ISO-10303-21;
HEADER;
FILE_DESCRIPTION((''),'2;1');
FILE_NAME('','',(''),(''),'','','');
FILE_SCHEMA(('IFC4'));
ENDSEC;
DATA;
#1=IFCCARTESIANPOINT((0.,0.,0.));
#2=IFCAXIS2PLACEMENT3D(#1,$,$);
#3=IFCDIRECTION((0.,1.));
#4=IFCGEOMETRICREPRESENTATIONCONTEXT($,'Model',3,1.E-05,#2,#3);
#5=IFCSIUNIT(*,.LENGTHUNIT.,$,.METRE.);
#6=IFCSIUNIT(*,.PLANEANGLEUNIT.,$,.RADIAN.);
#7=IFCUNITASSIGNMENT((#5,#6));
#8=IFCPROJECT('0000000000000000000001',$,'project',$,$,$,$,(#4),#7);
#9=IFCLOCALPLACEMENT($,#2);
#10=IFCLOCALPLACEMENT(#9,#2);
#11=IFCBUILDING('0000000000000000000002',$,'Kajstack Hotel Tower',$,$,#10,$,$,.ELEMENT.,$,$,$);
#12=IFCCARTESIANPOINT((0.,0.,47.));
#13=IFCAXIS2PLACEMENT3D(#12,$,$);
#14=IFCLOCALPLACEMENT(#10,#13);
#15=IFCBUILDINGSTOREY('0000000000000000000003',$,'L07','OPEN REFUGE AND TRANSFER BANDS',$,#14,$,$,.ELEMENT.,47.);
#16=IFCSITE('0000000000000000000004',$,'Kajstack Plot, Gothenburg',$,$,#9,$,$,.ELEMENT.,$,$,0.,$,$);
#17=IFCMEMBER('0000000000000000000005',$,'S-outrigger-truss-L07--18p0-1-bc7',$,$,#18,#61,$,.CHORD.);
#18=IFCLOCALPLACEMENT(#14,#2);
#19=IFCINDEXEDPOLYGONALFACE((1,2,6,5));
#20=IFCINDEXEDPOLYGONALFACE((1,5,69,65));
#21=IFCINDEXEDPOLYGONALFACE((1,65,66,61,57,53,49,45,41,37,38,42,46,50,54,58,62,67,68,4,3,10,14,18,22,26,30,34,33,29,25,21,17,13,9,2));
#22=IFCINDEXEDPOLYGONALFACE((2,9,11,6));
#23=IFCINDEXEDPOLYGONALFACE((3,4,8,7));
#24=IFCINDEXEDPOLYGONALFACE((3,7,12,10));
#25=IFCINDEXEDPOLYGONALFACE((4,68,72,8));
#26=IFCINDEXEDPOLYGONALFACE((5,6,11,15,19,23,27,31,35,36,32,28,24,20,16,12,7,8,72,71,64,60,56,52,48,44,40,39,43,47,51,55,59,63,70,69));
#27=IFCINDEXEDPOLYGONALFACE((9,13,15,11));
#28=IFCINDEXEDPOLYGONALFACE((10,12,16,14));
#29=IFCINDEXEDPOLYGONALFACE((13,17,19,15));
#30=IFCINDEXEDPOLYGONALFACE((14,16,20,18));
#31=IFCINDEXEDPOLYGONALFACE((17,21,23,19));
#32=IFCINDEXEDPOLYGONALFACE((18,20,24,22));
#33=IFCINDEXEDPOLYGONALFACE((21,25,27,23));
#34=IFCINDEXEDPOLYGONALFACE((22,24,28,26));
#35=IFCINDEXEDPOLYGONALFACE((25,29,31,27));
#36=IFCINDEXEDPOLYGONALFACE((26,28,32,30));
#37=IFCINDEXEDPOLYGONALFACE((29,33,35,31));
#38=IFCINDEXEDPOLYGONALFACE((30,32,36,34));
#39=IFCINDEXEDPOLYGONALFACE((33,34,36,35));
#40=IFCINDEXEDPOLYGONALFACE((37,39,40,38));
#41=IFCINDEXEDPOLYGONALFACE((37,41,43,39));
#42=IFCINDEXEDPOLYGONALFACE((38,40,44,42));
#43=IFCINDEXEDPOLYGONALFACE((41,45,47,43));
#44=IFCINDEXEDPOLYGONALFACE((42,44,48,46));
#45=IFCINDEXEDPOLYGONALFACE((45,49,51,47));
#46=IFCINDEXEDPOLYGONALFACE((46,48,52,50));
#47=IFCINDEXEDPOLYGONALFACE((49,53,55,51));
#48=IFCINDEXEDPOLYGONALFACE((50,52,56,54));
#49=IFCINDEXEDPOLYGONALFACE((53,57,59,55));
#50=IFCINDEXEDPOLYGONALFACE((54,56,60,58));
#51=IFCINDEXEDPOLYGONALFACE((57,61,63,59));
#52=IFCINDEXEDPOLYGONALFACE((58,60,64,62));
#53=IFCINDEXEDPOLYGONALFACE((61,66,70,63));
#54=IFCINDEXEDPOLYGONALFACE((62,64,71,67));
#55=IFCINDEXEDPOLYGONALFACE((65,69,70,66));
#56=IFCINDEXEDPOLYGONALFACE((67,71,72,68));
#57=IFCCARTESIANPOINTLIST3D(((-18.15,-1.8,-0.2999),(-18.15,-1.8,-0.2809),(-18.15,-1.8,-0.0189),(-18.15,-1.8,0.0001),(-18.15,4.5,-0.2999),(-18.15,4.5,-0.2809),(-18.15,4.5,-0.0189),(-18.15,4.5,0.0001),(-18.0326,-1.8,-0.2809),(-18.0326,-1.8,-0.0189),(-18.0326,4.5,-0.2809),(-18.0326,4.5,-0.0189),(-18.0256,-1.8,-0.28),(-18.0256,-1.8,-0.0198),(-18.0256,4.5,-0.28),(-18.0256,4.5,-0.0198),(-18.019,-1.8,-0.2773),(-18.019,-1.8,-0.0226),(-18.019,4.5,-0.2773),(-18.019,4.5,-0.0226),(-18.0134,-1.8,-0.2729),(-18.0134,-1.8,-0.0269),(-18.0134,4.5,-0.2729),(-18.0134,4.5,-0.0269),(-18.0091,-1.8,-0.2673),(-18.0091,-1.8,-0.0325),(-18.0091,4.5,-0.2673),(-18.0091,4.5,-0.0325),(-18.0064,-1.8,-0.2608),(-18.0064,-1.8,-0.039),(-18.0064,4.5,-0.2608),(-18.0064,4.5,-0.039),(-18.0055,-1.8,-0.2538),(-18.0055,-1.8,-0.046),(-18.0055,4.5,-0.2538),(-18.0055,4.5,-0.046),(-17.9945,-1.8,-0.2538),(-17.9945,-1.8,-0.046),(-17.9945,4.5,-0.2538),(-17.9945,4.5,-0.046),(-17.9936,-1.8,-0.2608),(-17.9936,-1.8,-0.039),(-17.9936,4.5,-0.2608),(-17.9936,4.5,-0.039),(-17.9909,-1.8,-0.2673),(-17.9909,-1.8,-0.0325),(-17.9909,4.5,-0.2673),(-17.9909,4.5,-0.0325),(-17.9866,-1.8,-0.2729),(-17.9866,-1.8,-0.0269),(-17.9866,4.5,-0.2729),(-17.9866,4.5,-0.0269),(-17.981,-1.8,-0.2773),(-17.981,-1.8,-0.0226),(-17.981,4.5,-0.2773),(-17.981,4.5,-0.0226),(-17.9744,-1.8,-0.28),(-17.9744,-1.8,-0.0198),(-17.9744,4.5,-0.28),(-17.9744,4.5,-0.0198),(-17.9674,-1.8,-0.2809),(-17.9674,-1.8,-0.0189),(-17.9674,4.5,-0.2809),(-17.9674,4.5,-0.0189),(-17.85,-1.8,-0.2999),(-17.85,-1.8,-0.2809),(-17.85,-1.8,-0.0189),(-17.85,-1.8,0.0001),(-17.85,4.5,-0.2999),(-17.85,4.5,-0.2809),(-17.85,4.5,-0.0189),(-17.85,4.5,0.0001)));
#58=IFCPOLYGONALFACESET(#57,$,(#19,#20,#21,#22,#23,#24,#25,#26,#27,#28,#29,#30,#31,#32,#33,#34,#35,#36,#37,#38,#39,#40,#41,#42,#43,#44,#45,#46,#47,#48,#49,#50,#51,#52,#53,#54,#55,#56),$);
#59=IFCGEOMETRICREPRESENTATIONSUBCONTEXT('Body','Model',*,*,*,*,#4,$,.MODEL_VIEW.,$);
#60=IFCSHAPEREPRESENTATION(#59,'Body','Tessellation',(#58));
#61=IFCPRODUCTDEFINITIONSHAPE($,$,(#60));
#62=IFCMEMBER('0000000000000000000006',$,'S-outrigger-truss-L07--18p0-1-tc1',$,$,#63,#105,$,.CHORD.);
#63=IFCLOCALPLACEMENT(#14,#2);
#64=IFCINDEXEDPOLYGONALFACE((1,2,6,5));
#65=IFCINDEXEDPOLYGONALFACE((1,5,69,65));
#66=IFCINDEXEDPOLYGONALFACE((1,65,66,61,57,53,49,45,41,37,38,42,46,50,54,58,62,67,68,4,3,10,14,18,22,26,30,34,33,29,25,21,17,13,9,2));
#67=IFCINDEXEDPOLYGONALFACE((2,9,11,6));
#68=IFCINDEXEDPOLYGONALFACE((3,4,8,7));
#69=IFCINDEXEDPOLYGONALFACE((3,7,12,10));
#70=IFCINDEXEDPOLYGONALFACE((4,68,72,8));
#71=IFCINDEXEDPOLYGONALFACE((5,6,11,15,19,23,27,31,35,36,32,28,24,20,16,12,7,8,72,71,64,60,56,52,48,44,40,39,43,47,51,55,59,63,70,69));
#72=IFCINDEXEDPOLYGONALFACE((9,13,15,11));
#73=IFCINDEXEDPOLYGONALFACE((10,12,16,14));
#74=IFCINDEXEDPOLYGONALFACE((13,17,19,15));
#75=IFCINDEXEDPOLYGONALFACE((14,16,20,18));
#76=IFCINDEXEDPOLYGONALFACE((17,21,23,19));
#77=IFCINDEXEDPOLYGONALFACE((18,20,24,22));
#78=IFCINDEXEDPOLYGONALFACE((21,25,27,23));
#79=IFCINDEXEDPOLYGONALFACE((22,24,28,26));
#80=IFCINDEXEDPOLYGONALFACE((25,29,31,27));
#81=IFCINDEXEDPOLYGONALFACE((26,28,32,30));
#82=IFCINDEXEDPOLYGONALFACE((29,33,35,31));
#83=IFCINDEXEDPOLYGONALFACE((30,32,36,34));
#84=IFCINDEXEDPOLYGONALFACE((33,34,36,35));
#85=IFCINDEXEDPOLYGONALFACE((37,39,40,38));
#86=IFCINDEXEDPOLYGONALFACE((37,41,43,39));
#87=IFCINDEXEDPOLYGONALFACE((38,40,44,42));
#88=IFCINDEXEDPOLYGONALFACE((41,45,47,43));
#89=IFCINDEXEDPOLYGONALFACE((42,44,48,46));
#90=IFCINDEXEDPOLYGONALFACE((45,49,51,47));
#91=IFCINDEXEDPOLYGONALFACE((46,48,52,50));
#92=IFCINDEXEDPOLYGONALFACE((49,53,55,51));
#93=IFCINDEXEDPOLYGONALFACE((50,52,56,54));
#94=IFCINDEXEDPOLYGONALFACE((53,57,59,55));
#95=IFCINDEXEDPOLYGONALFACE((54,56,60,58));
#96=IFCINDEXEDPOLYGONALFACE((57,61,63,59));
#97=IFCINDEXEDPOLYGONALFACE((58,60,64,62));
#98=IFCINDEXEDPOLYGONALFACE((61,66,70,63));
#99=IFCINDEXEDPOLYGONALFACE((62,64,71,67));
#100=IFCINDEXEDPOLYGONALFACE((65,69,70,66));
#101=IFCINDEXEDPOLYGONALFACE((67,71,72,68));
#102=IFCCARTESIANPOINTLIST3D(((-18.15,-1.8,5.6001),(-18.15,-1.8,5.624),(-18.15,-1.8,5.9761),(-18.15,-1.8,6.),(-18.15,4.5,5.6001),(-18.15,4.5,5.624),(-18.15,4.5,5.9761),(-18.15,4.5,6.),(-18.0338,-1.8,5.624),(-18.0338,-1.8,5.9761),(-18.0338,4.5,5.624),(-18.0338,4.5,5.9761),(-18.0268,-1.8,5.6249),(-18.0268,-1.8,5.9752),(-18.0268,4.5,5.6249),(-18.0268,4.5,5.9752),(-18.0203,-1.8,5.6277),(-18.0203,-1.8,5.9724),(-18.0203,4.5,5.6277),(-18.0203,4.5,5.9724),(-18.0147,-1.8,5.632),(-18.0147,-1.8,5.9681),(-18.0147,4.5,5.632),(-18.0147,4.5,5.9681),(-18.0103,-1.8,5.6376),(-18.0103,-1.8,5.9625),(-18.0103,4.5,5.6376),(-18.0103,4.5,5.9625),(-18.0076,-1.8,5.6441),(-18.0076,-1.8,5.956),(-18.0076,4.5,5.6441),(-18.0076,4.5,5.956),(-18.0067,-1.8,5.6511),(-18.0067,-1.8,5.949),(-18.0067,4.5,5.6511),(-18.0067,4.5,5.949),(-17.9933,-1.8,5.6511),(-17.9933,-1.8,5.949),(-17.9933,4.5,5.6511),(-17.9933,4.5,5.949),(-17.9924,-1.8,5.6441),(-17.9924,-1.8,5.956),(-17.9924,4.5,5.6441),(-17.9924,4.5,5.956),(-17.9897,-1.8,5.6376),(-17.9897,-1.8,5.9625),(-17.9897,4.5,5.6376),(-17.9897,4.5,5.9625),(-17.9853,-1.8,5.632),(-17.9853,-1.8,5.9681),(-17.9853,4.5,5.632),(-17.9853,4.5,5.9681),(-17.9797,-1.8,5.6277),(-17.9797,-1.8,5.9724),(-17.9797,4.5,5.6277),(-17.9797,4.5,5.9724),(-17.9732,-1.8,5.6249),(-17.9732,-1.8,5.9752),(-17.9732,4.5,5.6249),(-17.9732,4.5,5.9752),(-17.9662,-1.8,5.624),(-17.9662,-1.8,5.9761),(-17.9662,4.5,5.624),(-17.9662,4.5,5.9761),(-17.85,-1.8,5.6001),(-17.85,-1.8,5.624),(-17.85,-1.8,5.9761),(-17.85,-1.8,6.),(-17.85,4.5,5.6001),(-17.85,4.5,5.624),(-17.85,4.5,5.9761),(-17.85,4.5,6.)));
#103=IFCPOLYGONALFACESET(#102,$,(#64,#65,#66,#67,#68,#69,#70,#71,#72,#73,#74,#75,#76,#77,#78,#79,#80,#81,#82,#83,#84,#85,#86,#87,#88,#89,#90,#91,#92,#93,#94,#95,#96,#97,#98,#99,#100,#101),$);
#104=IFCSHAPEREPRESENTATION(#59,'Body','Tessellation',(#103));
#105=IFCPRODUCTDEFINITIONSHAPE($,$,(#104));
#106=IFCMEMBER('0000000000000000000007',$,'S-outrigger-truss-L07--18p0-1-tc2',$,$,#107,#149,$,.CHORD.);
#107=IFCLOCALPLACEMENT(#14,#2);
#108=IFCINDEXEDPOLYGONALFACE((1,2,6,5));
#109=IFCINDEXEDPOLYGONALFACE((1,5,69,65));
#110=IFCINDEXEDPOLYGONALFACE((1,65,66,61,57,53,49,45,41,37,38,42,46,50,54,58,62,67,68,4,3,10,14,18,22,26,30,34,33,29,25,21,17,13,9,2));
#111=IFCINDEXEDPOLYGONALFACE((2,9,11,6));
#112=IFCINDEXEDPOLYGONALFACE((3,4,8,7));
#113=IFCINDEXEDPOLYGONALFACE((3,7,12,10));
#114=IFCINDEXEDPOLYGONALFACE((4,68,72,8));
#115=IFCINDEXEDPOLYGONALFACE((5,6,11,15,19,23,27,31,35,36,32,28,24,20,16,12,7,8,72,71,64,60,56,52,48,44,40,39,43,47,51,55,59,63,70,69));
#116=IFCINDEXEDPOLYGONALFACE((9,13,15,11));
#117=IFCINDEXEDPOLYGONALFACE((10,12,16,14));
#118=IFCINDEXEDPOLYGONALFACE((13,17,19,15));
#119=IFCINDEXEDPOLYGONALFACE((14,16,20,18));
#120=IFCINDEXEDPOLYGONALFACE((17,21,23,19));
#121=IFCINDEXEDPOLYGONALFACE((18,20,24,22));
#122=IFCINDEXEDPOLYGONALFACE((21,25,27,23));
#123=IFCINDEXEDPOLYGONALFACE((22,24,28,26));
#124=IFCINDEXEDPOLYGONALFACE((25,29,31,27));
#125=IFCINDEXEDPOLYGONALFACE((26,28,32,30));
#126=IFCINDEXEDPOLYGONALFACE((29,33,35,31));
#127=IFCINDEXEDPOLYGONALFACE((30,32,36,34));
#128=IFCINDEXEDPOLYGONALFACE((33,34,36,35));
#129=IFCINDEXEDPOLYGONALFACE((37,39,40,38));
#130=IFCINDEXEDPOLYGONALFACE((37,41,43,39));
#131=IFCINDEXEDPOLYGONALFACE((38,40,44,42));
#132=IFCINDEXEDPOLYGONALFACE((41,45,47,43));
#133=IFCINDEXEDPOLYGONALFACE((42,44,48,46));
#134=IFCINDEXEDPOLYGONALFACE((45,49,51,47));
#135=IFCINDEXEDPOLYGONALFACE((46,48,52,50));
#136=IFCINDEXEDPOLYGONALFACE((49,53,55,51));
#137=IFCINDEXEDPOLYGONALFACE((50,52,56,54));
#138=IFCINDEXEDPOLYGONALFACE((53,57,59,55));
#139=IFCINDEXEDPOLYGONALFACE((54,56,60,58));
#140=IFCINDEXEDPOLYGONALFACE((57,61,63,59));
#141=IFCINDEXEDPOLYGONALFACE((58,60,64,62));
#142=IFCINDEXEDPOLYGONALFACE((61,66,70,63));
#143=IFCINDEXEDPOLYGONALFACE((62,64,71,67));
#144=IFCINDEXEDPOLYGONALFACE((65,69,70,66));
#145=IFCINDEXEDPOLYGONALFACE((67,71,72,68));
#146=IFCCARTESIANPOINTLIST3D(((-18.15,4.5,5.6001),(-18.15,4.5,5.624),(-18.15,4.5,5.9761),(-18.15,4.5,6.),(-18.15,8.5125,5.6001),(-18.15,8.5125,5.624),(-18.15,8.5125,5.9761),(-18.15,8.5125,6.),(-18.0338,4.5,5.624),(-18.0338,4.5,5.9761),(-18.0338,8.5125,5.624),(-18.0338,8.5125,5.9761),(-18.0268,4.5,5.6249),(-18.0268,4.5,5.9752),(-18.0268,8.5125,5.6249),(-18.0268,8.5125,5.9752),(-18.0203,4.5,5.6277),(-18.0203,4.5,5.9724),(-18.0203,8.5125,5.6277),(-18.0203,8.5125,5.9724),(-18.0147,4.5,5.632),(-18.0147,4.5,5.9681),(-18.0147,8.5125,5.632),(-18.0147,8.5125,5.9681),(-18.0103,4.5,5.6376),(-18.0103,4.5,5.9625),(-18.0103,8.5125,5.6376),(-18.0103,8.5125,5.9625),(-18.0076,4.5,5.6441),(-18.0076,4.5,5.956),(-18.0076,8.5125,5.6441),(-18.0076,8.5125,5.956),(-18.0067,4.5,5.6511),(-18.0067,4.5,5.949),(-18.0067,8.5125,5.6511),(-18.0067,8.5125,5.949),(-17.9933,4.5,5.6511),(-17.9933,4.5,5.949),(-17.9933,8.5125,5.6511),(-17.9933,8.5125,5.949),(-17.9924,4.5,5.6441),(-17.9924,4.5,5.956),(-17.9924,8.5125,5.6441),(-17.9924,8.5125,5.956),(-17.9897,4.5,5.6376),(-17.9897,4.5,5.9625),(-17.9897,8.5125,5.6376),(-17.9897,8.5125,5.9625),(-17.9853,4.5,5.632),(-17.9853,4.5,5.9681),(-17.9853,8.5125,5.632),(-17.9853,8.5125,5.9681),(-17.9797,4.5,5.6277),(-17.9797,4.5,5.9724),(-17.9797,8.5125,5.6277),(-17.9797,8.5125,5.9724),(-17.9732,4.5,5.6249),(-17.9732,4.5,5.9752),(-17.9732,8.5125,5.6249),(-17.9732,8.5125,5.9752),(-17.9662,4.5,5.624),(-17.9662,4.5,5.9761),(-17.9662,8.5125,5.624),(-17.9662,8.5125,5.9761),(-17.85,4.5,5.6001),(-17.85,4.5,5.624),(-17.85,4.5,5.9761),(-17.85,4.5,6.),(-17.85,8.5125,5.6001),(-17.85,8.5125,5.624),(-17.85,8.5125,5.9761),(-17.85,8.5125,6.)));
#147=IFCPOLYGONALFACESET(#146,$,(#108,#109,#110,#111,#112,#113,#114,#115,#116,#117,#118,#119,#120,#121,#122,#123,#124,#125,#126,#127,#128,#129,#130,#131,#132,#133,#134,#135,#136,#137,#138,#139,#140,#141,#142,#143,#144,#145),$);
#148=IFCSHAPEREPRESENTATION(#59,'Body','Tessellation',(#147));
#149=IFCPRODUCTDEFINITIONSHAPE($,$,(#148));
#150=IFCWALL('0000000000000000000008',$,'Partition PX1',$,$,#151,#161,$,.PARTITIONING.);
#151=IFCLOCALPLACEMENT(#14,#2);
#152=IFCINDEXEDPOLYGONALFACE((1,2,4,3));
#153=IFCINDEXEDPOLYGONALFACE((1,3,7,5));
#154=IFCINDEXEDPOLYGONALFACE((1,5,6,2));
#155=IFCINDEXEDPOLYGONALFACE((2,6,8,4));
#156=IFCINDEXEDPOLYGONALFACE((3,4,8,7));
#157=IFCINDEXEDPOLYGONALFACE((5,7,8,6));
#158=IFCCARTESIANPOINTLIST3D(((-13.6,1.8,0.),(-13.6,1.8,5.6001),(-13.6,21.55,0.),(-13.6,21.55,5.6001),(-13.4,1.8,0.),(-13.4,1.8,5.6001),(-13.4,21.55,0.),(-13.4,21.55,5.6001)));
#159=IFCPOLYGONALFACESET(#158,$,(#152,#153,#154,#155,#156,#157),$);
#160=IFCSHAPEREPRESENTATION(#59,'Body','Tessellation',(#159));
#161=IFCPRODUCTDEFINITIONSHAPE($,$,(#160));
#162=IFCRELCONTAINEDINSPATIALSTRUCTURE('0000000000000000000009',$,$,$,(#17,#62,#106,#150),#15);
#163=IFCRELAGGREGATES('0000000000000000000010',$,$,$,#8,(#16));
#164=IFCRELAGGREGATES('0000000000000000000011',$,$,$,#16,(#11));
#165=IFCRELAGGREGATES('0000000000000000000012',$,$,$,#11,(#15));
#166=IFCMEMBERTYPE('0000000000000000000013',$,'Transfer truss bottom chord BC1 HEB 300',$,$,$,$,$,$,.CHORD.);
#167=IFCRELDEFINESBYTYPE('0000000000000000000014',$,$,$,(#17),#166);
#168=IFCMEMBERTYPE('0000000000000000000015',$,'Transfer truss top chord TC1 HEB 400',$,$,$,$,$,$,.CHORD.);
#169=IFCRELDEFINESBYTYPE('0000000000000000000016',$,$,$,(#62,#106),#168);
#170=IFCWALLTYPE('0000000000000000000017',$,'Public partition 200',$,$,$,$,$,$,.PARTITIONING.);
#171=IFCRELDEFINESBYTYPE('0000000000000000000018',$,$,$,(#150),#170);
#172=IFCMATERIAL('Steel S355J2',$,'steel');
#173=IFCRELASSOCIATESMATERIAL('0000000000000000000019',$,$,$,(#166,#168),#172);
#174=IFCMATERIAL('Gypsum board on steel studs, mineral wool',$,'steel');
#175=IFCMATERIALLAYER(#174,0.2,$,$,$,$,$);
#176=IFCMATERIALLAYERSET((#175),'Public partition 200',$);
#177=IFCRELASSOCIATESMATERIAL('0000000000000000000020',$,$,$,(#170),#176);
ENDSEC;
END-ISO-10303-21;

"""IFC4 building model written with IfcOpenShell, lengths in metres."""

from ifc_helpers import new_model, si_unit, direction, frame, frame_2d, origin, origin_2d, place, context, subcontext, project, spatial, rectangle, i_section, extrude, material, layer, layer_set, material_profile, profile_set, type_object, element, save


model = new_model("IFC4")

# Units and contexts
model_context = context("Model", 3, precision=1e-05, world=origin(), true_north=direction((0.0, 1.0)))
body_context = subcontext(model_context, "Body", "Model", "MODEL_VIEW")
ifc_project = project(units=[si_unit("LENGTHUNIT", "METRE"), si_unit("PLANEANGLEUNIT", "RADIAN")], contexts=[model_context])

# Site, building, storey
site_placement = place(None, origin())
site = spatial("IfcSite", under=ifc_project, at=site_placement, Name="Kajstack Plot, Gothenburg", CompositionType="ELEMENT", RefElevation=0.0)
building_placement = place(site_placement, origin())
building = spatial("IfcBuilding", under=site, at=building_placement, Name="Kajstack Hotel Tower", CompositionType="ELEMENT")
storey_placement = place(building_placement, frame((0.0, 0.0, 47.0)))
storey = spatial("IfcBuildingStorey", under=building, at=storey_placement, Name="L07", Description="OPEN REFUGE AND TRANSFER BANDS", CompositionType="ELEMENT", Elevation=47.0)

# Members
ifc_material_1 = material(Name="Steel S355J2", Category="steel")
ifc_material_profile_1 = material_profile(ifc_material_1, i_section(OverallWidth=0.3, OverallDepth=0.3, WebThickness=0.011, FlangeThickness=0.019, FilletRadius=0.0271, at=origin_2d()), Name="HEB 300")
ifc_profile_set_1 = profile_set([ifc_material_profile_1], Name="Steel S355J2")
member_type_1 = type_object("IfcMemberType", Name="Transfer truss bottom chord BC1 HEB 300", PredefinedType="CHORD", material=ifc_profile_set_1)
member_1_placement = place(storey_placement, frame((-18.0, -1.8, -0.1499), z_axis=(0.0, 1.0, 0.0), x_axis=(-1.0, 0.0, 0.0)))
element("IfcMember", 1, at=member_1_placement, inside=storey, type_object=member_type_1, Name="S-outrigger-truss-L07--18p0-1-bc7", PredefinedType="CHORD", context=body_context, shape_type="SweptSolid", body=[
    extrude(i_section(OverallWidth=0.3, OverallDepth=0.3, WebThickness=0.011, FlangeThickness=0.019, FilletRadius=0.0271, at=origin_2d()), origin(), (0.0, 0.0, 1.0), 6.3),
])
ifc_material_profile_2 = material_profile(ifc_material_1, i_section(OverallWidth=0.3, OverallDepth=0.3999, WebThickness=0.0134, FlangeThickness=0.0239, FilletRadius=0.0271, at=origin_2d()), Name="HEB 400")
ifc_profile_set_2 = profile_set([ifc_material_profile_2], Name="Steel S355J2")
member_type_2 = type_object("IfcMemberType", Name="Transfer truss top chord TC1 HEB 400", PredefinedType="CHORD", material=ifc_profile_set_2)
member_2_placement = place(storey_placement, frame((-18.0, -1.8, 5.8), z_axis=(0.0, 1.0, 0.0), x_axis=(-1.0, 0.0, 0.0)))
element("IfcMember", 2, at=member_2_placement, inside=storey, type_object=member_type_2, Name="S-outrigger-truss-L07--18p0-1-tc1", PredefinedType="CHORD", context=body_context, shape_type="SweptSolid", body=[
    extrude(i_section(OverallWidth=0.3, OverallDepth=0.3999, WebThickness=0.0134, FlangeThickness=0.0239, FilletRadius=0.0271, at=origin_2d()), origin(), (0.0, 0.0, 1.0), 6.3),
])
member_3_placement = place(storey_placement, frame((-18.0, 4.5, 5.8), z_axis=(0.0, 1.0, 0.0), x_axis=(-1.0, 0.0, 0.0)))
element("IfcMember", 3, at=member_3_placement, inside=storey, type_object=member_type_2, Name="S-outrigger-truss-L07--18p0-1-tc2", PredefinedType="CHORD", context=body_context, shape_type="SweptSolid", body=[
    extrude(i_section(OverallWidth=0.3, OverallDepth=0.3999, WebThickness=0.0134, FlangeThickness=0.0239, FilletRadius=0.0271, at=origin_2d()), origin(), (0.0, 0.0, 1.0), 4.0125),
])

# Wall
ifc_material_2 = material(Name="Gypsum board on steel studs, mineral wool", Category="steel")
ifc_layer_1 = layer(ifc_material_2, 0.2)
ifc_layer_set_1 = layer_set([ifc_layer_1], Name="Public partition 200")
wall_type = type_object("IfcWallType", Name="Public partition 200", PredefinedType="PARTITIONING", material=ifc_layer_set_1)
wall_1_placement = place(storey_placement, frame((-13.5, 1.8, 0.0), z_axis=(0.0, 0.0, 1.0), x_axis=(0.0, 1.0, 0.0)))
element("IfcWall", 4, at=wall_1_placement, inside=storey, type_object=wall_type, Name="Partition PX1", PredefinedType="PARTITIONING", context=body_context, shape_type="SweptSolid", body=[
    extrude(rectangle(XDim=19.75, YDim=0.2, at=frame_2d((9.875, 0.0))), origin(), (0.0, 0.0, 1.0), 5.6001),
])

save(model, "model.ifc")
